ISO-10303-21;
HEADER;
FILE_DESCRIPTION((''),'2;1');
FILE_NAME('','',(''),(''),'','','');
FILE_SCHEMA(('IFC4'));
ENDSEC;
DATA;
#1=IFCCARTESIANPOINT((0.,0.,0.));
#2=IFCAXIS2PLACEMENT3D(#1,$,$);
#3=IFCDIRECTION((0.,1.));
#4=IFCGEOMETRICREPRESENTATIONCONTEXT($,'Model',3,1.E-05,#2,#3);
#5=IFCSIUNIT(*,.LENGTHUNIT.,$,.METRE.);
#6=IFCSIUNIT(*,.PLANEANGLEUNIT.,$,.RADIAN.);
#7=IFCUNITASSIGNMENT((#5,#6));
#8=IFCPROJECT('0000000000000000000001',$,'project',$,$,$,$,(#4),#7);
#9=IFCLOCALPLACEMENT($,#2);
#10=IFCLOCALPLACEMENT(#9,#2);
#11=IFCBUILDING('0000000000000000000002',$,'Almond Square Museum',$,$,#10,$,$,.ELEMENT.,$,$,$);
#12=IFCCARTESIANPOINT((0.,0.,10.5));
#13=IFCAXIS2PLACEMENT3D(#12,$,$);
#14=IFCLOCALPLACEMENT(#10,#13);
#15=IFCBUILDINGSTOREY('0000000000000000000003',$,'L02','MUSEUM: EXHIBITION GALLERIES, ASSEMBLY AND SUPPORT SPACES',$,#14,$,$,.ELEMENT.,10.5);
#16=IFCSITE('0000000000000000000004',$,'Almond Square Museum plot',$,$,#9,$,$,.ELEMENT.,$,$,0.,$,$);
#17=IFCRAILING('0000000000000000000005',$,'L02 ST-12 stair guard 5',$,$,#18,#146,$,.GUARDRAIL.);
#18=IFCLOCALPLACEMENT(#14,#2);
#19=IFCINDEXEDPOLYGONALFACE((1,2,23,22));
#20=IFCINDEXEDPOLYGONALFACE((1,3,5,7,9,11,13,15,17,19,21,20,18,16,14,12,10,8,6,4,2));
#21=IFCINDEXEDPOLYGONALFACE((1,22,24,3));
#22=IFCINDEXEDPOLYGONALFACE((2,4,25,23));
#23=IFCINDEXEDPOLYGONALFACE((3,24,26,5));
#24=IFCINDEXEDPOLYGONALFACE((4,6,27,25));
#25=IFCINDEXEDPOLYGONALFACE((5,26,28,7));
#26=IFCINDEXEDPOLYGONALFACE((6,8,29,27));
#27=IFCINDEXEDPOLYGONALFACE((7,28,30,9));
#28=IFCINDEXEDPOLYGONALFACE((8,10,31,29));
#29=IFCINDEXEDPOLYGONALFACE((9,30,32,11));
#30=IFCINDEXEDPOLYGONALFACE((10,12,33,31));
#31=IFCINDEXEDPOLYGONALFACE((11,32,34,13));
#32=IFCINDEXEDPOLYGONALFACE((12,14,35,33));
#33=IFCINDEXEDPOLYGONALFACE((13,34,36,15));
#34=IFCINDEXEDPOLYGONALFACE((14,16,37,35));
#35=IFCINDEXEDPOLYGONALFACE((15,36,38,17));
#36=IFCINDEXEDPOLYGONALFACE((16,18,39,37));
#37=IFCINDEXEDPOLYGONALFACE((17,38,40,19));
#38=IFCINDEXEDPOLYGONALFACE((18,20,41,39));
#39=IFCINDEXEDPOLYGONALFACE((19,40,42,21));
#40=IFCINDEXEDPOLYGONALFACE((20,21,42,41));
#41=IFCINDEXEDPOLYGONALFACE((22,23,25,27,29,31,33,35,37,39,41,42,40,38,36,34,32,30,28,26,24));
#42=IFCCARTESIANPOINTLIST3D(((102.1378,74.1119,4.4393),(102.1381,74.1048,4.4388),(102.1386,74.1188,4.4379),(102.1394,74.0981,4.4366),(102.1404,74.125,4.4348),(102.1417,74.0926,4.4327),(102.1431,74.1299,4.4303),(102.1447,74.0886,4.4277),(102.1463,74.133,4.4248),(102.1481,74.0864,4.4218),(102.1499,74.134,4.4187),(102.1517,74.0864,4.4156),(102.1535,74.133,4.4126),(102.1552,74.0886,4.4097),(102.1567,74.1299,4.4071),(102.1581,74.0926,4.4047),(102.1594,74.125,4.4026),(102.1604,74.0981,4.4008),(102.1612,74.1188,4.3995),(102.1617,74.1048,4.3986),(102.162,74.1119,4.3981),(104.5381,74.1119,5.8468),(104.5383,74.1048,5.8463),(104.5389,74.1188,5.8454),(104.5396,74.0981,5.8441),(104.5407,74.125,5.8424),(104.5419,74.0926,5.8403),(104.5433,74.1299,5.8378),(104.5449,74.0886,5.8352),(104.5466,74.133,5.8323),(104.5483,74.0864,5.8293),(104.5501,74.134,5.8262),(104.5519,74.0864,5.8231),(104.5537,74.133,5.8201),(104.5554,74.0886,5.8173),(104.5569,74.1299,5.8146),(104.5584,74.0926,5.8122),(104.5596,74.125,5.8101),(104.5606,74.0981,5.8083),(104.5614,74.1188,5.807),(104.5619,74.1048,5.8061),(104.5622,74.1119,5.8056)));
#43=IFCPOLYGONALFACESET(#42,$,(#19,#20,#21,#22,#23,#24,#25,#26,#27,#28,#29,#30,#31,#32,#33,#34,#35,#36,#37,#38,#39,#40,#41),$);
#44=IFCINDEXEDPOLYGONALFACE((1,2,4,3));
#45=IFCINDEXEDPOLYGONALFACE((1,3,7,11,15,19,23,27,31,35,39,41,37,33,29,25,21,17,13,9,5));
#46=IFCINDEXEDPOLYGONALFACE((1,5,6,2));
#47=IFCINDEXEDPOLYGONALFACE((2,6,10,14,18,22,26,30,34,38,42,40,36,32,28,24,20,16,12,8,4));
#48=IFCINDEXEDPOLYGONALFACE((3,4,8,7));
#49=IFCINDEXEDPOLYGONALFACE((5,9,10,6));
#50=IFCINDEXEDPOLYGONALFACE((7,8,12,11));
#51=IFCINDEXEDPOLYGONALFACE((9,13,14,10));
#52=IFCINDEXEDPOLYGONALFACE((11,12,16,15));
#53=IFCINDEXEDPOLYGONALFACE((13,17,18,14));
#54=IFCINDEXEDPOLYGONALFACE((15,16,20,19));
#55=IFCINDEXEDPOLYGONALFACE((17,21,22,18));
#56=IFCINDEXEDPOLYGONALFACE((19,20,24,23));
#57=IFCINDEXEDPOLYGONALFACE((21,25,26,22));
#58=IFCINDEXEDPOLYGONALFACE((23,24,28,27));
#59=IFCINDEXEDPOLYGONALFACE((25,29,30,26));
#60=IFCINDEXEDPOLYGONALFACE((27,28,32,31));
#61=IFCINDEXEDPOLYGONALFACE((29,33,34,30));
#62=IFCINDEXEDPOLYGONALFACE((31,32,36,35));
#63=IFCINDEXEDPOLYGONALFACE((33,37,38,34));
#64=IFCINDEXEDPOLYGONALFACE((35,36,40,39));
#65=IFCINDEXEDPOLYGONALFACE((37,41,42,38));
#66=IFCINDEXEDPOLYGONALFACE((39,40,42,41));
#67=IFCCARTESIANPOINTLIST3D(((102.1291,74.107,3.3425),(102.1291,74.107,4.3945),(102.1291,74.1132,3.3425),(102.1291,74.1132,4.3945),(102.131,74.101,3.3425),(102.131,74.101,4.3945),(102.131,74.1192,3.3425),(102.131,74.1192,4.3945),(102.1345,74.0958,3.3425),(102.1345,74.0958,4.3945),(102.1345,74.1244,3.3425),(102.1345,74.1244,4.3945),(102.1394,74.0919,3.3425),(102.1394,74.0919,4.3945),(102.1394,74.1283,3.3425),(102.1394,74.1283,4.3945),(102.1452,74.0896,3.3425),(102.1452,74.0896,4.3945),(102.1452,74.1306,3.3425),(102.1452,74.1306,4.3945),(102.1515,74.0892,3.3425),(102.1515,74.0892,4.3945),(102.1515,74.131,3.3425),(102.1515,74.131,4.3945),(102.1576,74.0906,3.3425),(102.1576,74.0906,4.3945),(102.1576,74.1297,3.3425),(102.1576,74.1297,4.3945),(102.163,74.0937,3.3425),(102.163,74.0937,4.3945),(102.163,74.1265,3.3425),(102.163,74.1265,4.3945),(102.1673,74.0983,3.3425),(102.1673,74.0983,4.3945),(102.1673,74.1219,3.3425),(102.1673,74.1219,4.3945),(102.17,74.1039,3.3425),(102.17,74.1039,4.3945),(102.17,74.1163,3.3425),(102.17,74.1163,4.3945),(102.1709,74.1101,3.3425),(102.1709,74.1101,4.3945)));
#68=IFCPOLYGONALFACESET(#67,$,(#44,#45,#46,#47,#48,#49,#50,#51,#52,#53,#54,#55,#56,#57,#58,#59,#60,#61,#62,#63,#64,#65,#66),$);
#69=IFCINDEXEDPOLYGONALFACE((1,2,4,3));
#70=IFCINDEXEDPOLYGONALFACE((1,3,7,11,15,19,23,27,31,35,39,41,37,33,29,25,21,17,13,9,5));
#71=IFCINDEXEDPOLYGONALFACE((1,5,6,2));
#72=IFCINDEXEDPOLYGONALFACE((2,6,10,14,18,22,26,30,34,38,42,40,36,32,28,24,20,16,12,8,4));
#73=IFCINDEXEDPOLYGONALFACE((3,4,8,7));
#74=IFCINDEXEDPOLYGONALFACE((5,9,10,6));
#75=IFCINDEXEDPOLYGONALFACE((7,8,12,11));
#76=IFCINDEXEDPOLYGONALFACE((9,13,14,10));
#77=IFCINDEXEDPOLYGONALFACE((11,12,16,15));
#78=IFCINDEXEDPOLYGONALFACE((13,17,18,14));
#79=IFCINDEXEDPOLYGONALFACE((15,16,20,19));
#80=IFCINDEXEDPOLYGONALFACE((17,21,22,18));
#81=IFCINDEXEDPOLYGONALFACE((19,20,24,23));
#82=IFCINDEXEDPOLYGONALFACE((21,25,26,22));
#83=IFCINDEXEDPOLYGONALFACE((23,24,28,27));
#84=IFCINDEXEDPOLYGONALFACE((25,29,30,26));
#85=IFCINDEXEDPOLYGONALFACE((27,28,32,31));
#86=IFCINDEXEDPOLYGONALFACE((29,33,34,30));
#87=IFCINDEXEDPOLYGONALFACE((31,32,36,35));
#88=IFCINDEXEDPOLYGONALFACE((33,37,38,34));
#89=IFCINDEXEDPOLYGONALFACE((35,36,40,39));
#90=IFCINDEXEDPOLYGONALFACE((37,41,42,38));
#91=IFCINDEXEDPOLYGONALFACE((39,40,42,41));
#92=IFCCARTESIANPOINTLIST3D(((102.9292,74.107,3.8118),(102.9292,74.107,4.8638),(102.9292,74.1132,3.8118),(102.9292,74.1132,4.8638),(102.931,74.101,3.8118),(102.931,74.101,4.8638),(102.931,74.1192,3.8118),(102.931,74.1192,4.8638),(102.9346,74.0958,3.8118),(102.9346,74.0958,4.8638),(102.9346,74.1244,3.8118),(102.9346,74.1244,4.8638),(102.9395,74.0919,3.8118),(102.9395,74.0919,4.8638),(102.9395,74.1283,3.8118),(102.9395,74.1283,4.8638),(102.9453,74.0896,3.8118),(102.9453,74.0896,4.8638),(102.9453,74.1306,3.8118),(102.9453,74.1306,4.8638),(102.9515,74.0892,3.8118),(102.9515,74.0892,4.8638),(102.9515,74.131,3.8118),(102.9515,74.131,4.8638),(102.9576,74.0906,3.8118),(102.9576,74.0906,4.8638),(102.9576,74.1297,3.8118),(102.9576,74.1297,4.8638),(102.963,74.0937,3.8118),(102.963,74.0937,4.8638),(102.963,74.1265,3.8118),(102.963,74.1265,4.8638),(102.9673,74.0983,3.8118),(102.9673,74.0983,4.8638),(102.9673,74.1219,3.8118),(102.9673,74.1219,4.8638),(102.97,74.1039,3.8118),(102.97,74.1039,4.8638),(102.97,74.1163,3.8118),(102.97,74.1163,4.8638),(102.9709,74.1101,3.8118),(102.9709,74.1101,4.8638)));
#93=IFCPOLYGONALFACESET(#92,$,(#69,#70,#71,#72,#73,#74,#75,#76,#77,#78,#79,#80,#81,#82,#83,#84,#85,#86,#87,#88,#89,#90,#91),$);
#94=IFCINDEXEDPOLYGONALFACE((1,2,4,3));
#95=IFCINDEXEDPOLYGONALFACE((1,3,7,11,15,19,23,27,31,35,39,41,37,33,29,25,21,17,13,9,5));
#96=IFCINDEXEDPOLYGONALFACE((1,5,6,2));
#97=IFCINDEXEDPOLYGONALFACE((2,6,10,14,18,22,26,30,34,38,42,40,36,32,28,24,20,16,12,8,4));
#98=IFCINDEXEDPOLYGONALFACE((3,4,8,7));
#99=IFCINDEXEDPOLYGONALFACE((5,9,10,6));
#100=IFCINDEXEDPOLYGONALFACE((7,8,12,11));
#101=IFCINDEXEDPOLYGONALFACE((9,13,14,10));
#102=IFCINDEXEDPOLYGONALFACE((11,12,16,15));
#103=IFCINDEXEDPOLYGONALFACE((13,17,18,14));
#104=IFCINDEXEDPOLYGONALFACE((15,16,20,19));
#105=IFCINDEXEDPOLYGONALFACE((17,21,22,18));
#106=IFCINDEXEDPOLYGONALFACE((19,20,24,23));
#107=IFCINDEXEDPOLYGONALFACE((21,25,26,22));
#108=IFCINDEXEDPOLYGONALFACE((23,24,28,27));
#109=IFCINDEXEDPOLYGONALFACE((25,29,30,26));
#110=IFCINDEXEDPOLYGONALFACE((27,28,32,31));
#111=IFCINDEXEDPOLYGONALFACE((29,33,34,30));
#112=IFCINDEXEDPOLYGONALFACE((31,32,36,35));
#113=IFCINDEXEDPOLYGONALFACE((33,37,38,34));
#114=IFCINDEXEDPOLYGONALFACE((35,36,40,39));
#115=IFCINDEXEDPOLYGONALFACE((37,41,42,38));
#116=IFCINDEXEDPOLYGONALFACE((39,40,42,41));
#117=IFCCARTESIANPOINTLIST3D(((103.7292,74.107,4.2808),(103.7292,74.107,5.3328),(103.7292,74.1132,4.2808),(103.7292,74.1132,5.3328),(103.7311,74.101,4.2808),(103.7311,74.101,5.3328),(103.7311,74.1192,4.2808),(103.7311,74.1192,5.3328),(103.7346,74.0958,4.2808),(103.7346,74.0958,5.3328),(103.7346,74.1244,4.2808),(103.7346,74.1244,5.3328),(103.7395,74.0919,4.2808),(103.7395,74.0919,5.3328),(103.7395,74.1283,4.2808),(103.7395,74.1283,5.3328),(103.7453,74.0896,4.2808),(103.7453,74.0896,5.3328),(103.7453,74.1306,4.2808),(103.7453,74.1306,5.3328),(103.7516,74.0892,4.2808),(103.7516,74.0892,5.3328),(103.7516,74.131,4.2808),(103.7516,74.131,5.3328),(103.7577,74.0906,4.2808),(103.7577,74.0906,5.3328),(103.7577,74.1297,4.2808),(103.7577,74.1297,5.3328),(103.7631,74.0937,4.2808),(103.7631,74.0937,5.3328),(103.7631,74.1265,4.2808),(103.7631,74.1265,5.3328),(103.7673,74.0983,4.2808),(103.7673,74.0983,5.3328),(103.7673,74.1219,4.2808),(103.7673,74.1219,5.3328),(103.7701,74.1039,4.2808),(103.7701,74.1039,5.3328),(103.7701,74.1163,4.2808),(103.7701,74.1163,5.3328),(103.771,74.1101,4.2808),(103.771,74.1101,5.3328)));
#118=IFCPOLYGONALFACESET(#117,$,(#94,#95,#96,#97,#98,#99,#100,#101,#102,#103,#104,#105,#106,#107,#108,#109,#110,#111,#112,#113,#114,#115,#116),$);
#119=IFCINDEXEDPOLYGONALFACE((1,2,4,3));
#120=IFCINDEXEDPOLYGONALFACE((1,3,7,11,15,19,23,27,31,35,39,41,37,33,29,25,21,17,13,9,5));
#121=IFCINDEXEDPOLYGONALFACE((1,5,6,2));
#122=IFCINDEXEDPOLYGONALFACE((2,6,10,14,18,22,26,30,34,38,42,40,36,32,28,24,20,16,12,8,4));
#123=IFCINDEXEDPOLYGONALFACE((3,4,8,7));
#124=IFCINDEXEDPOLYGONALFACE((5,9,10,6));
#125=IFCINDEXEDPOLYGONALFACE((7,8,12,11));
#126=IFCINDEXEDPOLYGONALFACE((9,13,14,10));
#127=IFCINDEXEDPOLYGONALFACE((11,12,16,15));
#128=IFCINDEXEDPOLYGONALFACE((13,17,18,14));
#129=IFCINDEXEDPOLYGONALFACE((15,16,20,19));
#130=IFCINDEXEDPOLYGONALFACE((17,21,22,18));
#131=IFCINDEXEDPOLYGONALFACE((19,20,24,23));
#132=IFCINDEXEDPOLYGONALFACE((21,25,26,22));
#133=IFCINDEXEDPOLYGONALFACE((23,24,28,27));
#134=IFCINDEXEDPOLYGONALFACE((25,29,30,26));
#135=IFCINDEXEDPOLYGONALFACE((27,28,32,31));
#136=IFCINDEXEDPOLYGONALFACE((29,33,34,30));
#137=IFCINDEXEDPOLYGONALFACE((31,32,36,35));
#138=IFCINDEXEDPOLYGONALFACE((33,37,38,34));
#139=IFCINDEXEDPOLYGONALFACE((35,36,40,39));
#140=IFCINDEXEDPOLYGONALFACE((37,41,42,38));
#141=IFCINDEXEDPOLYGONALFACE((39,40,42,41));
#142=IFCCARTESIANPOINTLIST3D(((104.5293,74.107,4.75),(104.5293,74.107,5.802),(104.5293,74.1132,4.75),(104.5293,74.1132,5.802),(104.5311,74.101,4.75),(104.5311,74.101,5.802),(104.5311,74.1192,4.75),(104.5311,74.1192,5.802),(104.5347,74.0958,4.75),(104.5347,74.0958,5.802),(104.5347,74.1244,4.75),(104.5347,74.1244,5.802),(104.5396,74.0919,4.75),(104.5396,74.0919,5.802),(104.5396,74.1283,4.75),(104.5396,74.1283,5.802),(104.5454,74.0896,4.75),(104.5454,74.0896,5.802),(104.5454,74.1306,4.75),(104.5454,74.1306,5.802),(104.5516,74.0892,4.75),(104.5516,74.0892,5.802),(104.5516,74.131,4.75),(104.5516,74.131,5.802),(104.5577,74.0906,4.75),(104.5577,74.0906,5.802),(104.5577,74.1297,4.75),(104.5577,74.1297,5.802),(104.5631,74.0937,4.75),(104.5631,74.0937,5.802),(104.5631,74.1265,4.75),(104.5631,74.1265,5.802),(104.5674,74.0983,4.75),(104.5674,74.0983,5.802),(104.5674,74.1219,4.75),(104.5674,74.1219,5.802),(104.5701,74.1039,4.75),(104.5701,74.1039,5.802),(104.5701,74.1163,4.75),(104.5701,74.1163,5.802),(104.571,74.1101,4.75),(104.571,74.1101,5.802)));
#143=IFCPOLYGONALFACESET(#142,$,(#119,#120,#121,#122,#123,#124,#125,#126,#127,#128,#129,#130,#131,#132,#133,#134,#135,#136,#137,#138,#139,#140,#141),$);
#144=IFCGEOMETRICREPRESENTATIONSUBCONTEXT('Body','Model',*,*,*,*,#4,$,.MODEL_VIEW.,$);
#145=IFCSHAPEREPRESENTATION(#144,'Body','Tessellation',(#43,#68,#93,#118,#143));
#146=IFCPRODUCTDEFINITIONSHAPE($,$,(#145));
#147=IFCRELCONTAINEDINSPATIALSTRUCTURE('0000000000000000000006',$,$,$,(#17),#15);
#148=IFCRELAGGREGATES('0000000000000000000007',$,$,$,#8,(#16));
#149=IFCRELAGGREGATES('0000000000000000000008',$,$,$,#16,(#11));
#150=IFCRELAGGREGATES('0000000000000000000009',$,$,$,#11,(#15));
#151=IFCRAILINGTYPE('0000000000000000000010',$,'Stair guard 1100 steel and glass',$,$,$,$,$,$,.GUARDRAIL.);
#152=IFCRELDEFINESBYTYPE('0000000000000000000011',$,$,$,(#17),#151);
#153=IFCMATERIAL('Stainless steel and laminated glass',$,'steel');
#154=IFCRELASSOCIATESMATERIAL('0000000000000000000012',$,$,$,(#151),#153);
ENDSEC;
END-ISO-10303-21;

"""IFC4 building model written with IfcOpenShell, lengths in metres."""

from ifc_helpers import new_model, si_unit, direction, frame, origin, origin_2d, place, context, subcontext, project, spatial, circle, extrude, material, type_object, element, save


model = new_model("IFC4")

# Units and contexts
model_context = context("Model", 3, precision=1e-05, world=origin(), true_north=direction((0.0, 1.0)))
body_context = subcontext(model_context, "Body", "Model", "MODEL_VIEW")
ifc_project = project(units=[si_unit("LENGTHUNIT", "METRE"), si_unit("PLANEANGLEUNIT", "RADIAN")], contexts=[model_context])

# Site, building, storey
site_placement = place(None, origin())
site = spatial("IfcSite", under=ifc_project, at=site_placement, Name="Almond Square Museum plot", CompositionType="ELEMENT", RefElevation=0.0)
building_placement = place(site_placement, origin())
building = spatial("IfcBuilding", under=site, at=building_placement, Name="Almond Square Museum", CompositionType="ELEMENT")
storey_placement = place(building_placement, frame((0.0, 0.0, 10.5)))
storey = spatial("IfcBuildingStorey", under=building, at=storey_placement, Name="L02", Description="MUSEUM: EXHIBITION GALLERIES, ASSEMBLY AND SUPPORT SPACES", CompositionType="ELEMENT", Elevation=10.5)

# Railing
ifc_material_1 = material(Name="Stainless steel and laminated glass", Category="steel")
railing_type_1 = type_object("IfcRailingType", Name="Stair guard 1100 steel and glass", PredefinedType="GUARDRAIL", material=ifc_material_1)
railing_1_placement = place(storey_placement, frame((102.1499, 74.1101, 3.3425)))
element("IfcRailing", 1, at=railing_1_placement, inside=storey, type_object=railing_type_1, Name="L02 ST-12 stair guard 5", PredefinedType="GUARDRAIL", context=body_context, shape_type="SweptSolid", body=[
    extrude(circle(Radius=0.0239, at=origin_2d()), frame((0.0, 0.0, 1.0762), z_axis=(0.862621, 0.0, 0.50585), x_axis=(0.0, 1.0, 0.0)), (0.0, 0.0, 1.0), 2.7825),
    extrude(circle(Radius=0.021, at=origin_2d()), origin(), (0.0, 0.0, 1.0), 1.052),
    extrude(circle(Radius=0.021, at=origin_2d()), frame((0.8, 0.0, 0.4692)), (0.0, 0.0, 1.0), 1.052),
    extrude(circle(Radius=0.021, at=origin_2d()), frame((1.6001, 0.0, 0.9382)), (0.0, 0.0, 1.0), 1.052),
    extrude(circle(Radius=0.021, at=origin_2d()), frame((2.4001, 0.0, 1.4075)), (0.0, 0.0, 1.0), 1.052),
])

save(model, "model.ifc")
